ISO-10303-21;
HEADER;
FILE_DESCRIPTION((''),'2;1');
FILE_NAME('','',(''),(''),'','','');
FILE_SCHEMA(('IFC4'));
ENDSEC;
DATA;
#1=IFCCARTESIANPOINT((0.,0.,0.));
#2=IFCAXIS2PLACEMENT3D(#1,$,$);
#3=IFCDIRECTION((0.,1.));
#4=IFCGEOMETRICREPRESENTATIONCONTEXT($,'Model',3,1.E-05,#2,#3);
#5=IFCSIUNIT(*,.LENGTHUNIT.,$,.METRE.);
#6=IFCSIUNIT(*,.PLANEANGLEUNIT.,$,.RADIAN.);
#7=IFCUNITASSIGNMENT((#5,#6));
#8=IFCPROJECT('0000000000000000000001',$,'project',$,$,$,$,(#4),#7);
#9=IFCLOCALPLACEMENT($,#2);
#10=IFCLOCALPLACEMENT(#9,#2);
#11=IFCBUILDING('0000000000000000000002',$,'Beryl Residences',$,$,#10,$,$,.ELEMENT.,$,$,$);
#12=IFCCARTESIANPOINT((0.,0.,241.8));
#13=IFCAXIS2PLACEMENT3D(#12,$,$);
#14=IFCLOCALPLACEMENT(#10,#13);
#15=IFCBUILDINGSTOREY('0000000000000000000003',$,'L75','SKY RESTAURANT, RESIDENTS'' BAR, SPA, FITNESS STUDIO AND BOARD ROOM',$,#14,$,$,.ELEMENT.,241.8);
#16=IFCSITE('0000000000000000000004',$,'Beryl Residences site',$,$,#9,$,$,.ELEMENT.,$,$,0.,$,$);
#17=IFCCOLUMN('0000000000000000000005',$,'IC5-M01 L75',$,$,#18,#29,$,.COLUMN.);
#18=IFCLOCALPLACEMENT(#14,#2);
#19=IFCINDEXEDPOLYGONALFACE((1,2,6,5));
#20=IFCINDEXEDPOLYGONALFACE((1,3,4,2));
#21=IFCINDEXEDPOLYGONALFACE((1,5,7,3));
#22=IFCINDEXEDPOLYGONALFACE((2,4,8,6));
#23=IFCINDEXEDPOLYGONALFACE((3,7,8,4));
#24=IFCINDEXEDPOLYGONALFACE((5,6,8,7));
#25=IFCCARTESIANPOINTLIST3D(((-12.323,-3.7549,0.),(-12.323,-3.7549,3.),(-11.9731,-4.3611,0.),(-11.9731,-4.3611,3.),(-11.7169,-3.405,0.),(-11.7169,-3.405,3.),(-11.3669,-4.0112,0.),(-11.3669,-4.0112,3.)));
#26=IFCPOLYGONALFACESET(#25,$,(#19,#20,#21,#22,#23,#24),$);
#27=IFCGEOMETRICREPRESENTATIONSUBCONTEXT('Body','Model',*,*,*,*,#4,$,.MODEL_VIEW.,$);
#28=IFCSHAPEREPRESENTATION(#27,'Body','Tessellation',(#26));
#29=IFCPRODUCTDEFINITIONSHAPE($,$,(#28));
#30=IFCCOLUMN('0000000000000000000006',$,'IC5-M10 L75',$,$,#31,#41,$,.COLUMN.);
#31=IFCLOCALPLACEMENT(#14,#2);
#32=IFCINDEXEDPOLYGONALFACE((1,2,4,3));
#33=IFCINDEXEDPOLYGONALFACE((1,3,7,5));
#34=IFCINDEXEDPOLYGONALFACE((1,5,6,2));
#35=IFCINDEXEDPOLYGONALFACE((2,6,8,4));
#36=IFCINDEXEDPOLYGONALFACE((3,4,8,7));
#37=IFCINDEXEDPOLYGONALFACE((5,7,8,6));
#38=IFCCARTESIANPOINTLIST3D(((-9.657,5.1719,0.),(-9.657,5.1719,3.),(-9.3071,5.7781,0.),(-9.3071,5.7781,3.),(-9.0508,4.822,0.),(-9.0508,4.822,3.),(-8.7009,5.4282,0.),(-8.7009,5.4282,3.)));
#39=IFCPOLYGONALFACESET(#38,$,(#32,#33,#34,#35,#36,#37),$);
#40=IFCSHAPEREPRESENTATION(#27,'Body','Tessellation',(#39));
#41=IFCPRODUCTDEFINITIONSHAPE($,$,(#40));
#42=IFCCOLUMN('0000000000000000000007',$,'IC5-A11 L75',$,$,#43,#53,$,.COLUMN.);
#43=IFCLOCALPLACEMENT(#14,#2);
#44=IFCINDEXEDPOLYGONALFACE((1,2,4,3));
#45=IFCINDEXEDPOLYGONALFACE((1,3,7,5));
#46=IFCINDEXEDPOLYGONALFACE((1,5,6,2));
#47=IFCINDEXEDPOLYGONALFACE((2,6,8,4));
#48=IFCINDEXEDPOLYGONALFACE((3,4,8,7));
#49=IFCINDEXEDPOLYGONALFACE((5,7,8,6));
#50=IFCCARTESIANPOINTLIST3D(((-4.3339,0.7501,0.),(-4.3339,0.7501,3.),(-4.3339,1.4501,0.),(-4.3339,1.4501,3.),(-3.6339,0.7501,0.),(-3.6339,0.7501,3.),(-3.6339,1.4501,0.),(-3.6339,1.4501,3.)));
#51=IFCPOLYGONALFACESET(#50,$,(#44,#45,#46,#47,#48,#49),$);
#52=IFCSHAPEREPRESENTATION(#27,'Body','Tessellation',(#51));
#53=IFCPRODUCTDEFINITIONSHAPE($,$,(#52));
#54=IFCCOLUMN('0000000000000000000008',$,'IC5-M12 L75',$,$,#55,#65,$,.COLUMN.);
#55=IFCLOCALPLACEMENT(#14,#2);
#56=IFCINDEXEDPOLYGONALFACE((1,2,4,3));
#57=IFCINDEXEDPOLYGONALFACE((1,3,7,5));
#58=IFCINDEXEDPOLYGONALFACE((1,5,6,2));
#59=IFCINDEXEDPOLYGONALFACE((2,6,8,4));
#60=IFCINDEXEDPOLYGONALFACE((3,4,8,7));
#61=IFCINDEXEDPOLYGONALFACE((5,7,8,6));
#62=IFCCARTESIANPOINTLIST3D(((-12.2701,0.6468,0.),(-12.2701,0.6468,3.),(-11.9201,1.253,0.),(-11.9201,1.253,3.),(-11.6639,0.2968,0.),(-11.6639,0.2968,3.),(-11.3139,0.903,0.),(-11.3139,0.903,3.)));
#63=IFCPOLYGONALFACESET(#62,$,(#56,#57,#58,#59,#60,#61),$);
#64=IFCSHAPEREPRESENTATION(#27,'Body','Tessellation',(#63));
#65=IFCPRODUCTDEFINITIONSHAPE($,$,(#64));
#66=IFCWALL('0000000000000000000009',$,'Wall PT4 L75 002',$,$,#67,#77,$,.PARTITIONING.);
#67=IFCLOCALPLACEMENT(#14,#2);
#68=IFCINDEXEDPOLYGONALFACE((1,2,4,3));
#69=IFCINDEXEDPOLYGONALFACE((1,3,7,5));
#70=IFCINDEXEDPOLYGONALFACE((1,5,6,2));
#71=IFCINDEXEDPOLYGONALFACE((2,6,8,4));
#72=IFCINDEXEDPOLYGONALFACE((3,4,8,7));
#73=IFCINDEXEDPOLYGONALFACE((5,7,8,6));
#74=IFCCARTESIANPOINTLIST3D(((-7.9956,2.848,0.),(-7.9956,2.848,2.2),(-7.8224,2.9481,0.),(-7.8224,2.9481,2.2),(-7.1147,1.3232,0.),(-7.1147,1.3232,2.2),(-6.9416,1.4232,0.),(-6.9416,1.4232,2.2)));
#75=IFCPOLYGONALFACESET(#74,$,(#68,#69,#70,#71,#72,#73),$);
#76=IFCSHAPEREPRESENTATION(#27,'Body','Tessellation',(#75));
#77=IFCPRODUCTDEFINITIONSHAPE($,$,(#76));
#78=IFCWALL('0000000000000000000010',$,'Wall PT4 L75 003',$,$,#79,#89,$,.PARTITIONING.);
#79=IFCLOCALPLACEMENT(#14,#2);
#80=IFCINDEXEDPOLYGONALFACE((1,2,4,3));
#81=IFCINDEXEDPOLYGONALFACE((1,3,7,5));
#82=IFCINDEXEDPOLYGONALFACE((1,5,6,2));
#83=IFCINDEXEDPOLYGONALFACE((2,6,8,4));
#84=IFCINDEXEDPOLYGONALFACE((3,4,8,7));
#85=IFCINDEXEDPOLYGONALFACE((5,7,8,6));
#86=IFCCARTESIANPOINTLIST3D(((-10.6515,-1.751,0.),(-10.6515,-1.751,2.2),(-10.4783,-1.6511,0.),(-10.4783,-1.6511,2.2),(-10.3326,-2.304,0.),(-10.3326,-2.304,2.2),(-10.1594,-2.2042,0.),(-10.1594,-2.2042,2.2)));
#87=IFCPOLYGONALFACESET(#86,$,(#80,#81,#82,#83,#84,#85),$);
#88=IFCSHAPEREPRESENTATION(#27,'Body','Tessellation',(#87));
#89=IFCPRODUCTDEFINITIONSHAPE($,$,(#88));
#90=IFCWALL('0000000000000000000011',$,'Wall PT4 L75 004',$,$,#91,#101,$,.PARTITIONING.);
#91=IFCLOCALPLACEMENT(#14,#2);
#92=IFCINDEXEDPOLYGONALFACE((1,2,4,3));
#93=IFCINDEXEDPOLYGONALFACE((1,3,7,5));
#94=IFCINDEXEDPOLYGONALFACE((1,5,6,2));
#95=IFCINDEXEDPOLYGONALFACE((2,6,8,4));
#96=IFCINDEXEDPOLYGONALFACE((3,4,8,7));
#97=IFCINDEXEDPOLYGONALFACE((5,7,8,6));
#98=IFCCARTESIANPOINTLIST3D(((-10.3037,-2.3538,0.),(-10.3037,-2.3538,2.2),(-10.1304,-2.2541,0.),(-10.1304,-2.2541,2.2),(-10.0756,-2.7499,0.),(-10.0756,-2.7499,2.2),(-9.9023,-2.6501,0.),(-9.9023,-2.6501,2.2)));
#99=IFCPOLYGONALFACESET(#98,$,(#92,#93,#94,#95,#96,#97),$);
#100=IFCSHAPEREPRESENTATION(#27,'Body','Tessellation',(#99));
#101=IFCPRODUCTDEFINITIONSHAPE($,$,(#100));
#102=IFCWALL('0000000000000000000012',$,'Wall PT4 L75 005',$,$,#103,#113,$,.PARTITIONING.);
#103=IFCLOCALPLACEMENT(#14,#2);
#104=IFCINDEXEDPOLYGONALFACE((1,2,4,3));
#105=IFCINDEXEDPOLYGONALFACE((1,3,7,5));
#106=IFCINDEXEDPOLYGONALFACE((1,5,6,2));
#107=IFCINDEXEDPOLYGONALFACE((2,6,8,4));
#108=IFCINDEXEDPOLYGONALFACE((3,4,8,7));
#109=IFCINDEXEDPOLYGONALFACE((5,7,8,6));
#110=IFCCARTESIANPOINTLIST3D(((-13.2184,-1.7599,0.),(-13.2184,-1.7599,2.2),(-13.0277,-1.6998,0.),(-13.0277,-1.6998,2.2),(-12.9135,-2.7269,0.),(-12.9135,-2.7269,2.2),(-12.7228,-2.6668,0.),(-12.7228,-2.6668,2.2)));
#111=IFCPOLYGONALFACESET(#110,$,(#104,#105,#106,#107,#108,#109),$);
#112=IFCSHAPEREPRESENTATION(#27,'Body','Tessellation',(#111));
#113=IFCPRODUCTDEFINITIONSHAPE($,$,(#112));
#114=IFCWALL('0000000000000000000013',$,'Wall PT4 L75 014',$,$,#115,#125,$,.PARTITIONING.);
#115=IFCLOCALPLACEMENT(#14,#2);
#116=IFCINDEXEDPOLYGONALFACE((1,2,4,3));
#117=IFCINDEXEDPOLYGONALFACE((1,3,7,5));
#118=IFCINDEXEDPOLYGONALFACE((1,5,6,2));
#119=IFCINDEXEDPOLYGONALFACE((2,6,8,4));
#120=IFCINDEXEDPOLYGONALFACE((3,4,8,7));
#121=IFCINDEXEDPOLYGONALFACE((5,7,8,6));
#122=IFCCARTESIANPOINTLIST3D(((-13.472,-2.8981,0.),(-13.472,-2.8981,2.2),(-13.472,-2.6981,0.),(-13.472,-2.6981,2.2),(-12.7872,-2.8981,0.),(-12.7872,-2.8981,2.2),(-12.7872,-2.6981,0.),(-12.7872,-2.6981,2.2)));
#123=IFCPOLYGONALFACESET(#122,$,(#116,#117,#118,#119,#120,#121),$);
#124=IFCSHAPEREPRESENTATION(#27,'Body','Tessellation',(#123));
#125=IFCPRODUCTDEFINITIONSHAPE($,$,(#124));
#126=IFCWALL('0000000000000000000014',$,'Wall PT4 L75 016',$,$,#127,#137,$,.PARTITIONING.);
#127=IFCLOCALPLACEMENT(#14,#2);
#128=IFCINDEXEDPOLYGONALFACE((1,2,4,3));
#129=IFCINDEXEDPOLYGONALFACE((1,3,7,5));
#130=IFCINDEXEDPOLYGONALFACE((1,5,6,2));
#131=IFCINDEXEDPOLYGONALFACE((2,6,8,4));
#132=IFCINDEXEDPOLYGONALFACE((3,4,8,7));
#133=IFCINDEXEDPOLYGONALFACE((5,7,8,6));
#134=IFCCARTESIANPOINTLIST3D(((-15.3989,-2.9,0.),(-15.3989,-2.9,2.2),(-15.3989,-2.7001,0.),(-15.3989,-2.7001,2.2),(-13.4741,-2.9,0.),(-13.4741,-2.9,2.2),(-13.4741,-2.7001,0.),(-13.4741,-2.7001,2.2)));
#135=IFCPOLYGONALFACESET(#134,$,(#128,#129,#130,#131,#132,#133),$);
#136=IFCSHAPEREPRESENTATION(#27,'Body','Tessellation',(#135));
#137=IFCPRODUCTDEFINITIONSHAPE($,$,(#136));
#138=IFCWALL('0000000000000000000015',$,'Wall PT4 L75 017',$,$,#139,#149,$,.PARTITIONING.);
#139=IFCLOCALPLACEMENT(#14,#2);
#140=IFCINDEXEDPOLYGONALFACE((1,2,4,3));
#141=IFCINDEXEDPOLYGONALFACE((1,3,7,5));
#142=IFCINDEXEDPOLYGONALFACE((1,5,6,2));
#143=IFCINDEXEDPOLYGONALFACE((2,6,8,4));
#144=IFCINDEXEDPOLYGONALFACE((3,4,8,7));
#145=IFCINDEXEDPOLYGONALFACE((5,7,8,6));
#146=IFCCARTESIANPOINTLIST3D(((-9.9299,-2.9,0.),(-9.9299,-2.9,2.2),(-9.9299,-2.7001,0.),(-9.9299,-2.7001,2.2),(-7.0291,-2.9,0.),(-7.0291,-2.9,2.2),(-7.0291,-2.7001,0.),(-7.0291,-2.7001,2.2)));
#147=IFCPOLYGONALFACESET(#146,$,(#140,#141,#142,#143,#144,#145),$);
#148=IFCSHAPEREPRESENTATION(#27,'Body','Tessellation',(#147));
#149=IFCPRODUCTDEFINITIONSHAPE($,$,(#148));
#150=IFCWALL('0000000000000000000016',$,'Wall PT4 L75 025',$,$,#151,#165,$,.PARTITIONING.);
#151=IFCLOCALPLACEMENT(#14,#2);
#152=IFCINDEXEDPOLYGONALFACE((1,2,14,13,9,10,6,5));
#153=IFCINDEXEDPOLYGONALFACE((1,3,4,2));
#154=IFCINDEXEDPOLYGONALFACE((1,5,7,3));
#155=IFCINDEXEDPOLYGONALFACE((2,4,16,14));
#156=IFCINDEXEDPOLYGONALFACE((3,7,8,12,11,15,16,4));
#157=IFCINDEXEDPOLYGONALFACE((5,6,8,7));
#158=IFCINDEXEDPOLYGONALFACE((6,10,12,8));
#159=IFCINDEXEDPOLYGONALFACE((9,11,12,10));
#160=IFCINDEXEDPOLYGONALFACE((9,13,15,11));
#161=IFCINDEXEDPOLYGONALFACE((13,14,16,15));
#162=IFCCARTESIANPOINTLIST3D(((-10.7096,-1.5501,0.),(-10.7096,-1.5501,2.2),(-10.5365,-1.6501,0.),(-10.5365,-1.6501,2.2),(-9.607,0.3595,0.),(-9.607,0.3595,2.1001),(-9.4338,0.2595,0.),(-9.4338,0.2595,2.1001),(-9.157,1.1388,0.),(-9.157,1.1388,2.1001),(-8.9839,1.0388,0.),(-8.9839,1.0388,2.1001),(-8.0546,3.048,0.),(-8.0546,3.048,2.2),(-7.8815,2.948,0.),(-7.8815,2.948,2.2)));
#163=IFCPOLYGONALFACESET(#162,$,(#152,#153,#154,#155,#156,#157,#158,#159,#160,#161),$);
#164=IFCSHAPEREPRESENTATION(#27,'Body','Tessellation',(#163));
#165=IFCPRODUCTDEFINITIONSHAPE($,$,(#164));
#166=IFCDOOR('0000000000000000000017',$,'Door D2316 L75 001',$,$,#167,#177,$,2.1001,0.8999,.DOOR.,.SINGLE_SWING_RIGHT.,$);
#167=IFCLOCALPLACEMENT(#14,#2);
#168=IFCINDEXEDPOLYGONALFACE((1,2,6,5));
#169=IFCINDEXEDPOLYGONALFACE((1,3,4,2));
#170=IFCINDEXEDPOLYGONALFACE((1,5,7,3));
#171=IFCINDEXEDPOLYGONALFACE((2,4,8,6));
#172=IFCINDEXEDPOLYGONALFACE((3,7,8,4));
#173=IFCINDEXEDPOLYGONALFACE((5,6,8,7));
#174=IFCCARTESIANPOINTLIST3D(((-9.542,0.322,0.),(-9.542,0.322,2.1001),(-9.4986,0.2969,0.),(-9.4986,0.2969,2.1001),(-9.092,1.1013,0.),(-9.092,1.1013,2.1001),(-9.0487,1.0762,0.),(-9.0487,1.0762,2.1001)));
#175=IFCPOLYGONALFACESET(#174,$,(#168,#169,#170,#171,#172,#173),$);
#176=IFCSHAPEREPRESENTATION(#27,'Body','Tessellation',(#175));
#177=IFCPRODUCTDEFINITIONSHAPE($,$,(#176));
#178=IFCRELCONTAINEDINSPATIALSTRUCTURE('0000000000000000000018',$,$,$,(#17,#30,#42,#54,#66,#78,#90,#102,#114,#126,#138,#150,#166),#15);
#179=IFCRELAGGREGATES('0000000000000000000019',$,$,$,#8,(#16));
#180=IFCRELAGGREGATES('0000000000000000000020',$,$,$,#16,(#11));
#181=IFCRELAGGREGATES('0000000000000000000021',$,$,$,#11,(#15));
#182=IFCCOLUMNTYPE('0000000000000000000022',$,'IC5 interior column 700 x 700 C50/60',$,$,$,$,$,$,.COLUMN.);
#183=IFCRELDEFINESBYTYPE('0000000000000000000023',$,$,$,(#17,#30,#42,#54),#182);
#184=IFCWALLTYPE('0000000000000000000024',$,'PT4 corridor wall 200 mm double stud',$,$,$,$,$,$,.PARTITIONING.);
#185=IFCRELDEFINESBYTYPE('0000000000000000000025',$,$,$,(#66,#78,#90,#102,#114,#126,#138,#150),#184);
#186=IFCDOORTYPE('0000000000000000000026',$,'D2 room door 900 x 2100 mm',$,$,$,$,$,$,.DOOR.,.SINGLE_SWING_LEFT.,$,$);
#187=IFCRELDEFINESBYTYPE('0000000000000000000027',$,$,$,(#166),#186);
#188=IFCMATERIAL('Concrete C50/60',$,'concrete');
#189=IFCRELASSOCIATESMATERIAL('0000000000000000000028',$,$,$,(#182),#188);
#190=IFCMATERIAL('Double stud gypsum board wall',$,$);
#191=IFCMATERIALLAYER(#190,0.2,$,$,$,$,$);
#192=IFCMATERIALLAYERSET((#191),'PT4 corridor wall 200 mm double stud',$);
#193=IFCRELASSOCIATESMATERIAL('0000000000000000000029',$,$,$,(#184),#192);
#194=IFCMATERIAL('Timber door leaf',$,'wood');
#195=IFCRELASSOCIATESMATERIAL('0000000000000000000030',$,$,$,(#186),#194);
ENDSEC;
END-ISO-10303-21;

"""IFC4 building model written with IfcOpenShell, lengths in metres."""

from ifc_helpers import new_model, si_unit, direction, frame, frame_2d, origin, origin_2d, place, context, subcontext, project, spatial, rectangle, extrude, material, layer, layer_set, material_profile, profile_set, type_object, element, fill, save


model = new_model("IFC4")

# Units and contexts
model_context = context("Model", 3, precision=1e-05, world=origin(), true_north=direction((0.0, 1.0)))
body_context = subcontext(model_context, "Body", "Model", "MODEL_VIEW")
ifc_project = project(units=[si_unit("LENGTHUNIT", "METRE"), si_unit("PLANEANGLEUNIT", "RADIAN")], contexts=[model_context])

# Site, building, storey
site_placement = place(None, origin())
site = spatial("IfcSite", under=ifc_project, at=site_placement, Name="Beryl Residences site", CompositionType="ELEMENT", RefElevation=0.0)
building_placement = place(site_placement, origin())
building = spatial("IfcBuilding", under=site, at=building_placement, Name="Beryl Residences", CompositionType="ELEMENT")
storey_placement = place(building_placement, frame((0.0, 0.0, 241.8)))
storey = spatial("IfcBuildingStorey", under=building, at=storey_placement, Name="L75", Description="SKY RESTAURANT, RESIDENTS' BAR, SPA, FITNESS STUDIO AND BOARD ROOM", CompositionType="ELEMENT", Elevation=241.8)

# Columns
ifc_material_1 = material(Name="Concrete C50/60", Category="concrete")
ifc_material_profile = material_profile(ifc_material_1, rectangle(XDim=0.7, YDim=0.7, at=origin_2d()))
ifc_profile_set = profile_set([ifc_material_profile], Name="Concrete C50/60")
column_type = type_object("IfcColumnType", Name="IC5 interior column 700 x 700 C50/60", PredefinedType="COLUMN", material=ifc_profile_set)
for number, where, z_axis, x_axis, name in (
    (1, (-11.845, -3.8831, 0.0), (0.0, 0.0, 1.0), (0.499985, -0.866034, 0.0), "IC5-M01 L75"),
    (2, (-9.179, 5.3, 0.0), (0.0, 0.0, 1.0), (-0.49997, -0.866043, 0.0), "IC5-M10 L75"),
    (3, (-3.9839, 1.1001, 0.0), (0.0, 0.0, 1.0), (1.0, 0.0, 0.0), "IC5-A11 L75"),
    (4, (-11.792, 0.7749, 0.0), (0.0, 0.0, 1.0), (-0.49997, -0.866043, 0.0), "IC5-M12 L75"),
):
    element("IfcColumn", number, at=place(storey_placement, frame(where, z_axis=z_axis, x_axis=x_axis)), inside=storey, type_object=column_type, Name=name, PredefinedType="COLUMN", context=body_context, shape_type="SweptSolid", body=[
        extrude(rectangle(XDim=0.7, YDim=0.7, at=origin_2d()), origin(), (0.0, 0.0, 1.0), 3.0),
    ])

# Walls
ifc_material_2 = material(Name="Double stud gypsum board wall")
ifc_layer_1 = layer(ifc_material_2, 0.2)
ifc_layer_set_1 = layer_set([ifc_layer_1], Name="PT4 corridor wall 200 mm double stud")
wall_type_1 = type_object("IfcWallType", Name="PT4 corridor wall 200 mm double stud", PredefinedType="PARTITIONING", material=ifc_layer_set_1)
wall_1_placement = place(storey_placement, frame((-7.9089, 2.8979, 0.0), z_axis=(0.0, 0.0, 1.0), x_axis=(0.500194, -0.865913, 0.0)))
element("IfcWall", 5, at=wall_1_placement, inside=storey, type_object=wall_type_1, Name="Wall PT4 L75 002", PredefinedType="PARTITIONING", context=body_context, shape_type="SweptSolid", body=[
    extrude(rectangle(XDim=1.761, YDim=0.2, at=frame_2d((0.8804, 0.0))), origin(), (0.0, 0.0, 1.0), 2.2),
])
wall_2_placement = place(storey_placement, frame((-10.5649, -1.7009, 0.0), z_axis=(0.0, 0.0, 1.0), x_axis=(0.499513, -0.866307, 0.0)))
element("IfcWall", 6, at=wall_2_placement, inside=storey, type_object=wall_type_1, Name="Wall PT4 L75 003", PredefinedType="PARTITIONING", context=body_context, shape_type="SweptSolid", body=[
    extrude(rectangle(XDim=0.6384, YDim=0.2, at=frame_2d((0.3193, 0.0))), origin(), (0.0, 0.0, 1.0), 2.2),
])
wall_3_placement = place(storey_placement, frame((-10.217, -2.304, 0.0), z_axis=(0.0, 0.0, 1.0), x_axis=(0.499013, -0.866594, 0.0)))
element("IfcWall", 7, at=wall_3_placement, inside=storey, type_object=wall_type_1, Name="Wall PT4 L75 004", PredefinedType="PARTITIONING", context=body_context, shape_type="SweptSolid", body=[
    extrude(rectangle(XDim=0.457, YDim=0.2, at=frame_2d((0.2285, 0.0))), origin(), (0.0, 0.0, 1.0), 2.2),
])
wall_4_placement = place(storey_placement, frame((-13.123, -1.73, 0.0), z_axis=(0.0, 0.0, 1.0), x_axis=(0.300728, -0.95371, 0.0)))
element("IfcWall", 8, at=wall_4_placement, inside=storey, type_object=wall_type_1, Name="Wall PT4 L75 005", PredefinedType="PARTITIONING", context=body_context, shape_type="SweptSolid", body=[
    extrude(rectangle(XDim=1.0139, YDim=0.2, at=frame_2d((0.5068, 0.0))), origin(), (0.0, 0.0, 1.0), 2.2),
])
wall_5_placement = place(storey_placement, frame((-13.4719, -2.7981, 0.0), z_axis=(0.0, 0.0, 1.0), x_axis=(1.0, 0.0, 0.0)))
element("IfcWall", 9, at=wall_5_placement, inside=storey, type_object=wall_type_1, Name="Wall PT4 L75 014", PredefinedType="PARTITIONING", context=body_context, shape_type="SweptSolid", body=[
    extrude(rectangle(XDim=0.6848, YDim=0.2, at=frame_2d((0.3423, 0.0))), origin(), (0.0, 0.0, 1.0), 2.2),
])
wall_6_placement = place(storey_placement, frame((-15.3989, -2.8, 0.0), z_axis=(0.0, 0.0, 1.0), x_axis=(1.0, 0.0, 0.0)))
element("IfcWall", 10, at=wall_6_placement, inside=storey, type_object=wall_type_1, Name="Wall PT4 L75 016", PredefinedType="PARTITIONING", context=body_context, shape_type="SweptSolid", body=[
    extrude(rectangle(XDim=1.9248, YDim=0.2, at=frame_2d((0.9624, 0.0))), origin(), (0.0, 0.0, 1.0), 2.2),
])
wall_7_placement = place(storey_placement, frame((-9.9299, -2.8, 0.0), z_axis=(0.0, 0.0, 1.0), x_axis=(1.0, 0.0, 0.0)))
element("IfcWall", 11, at=wall_7_placement, inside=storey, type_object=wall_type_1, Name="Wall PT4 L75 017", PredefinedType="PARTITIONING", context=body_context, shape_type="SweptSolid", body=[
    extrude(rectangle(XDim=2.9009, YDim=0.2, at=frame_2d((1.4504, 0.0))), origin(), (0.0, 0.0, 1.0), 2.2),
])

# Wall, opening, door
wall_8_placement = place(storey_placement, frame((-10.623, -1.6001, 0.0), z_axis=(0.0, 0.0, 1.0), x_axis=(0.500041, 0.866002, 0.0)))
wall_8 = element("IfcWall", 12, at=wall_8_placement, inside=storey, type_object=wall_type_1, Name="Wall PT4 L75 025", PredefinedType="PARTITIONING", context=body_context, shape_type="SweptSolid", body=[
    extrude(rectangle(XDim=5.3096, YDim=0.2, at=frame_2d((2.6548, 0.0))), origin(), (0.0, 0.0, 1.0), 2.2),
])
opening_1_placement = place(wall_8_placement, frame((2.2051, 0.0, 0.0)))
opening_1 = element("IfcOpeningElement", 13, at=opening_1_placement, cuts=wall_8, PredefinedType="OPENING", context=body_context, shape_type="SweptSolid", body=[
    extrude(rectangle(XDim=0.8999, YDim=2.1001, at=frame_2d((0.45, 1.05))), frame((0.0, 0.1099, 0.0), z_axis=(0.0, -1.0, 0.0), x_axis=(1.0, 0.0, 0.0)), (0.0, 0.0, 1.0), 0.22),
])
ifc_material_3 = material(Name="Timber door leaf", Category="wood")
door_type_1 = type_object("IfcDoorType", Name="D2 room door 900 x 2100 mm", OperationType="SINGLE_SWING_LEFT", PredefinedType="DOOR", material=ifc_material_3)
door_1_placement = place(opening_1_placement, origin())
door_1 = element("IfcDoor", 14, at=door_1_placement, inside=storey, type_object=door_type_1, Name="Door D2316 L75 001", OperationType="SINGLE_SWING_RIGHT", OverallHeight=2.1001, OverallWidth=0.8999, PredefinedType="DOOR", context=body_context, shape_type="SweptSolid", body=[
    extrude(rectangle(XDim=0.8999, YDim=2.1001, at=frame_2d((0.45, 1.05))), frame((0.0, 0.0249, 0.0), z_axis=(0.0, -1.0, 0.0), x_axis=(1.0, 0.0, 0.0)), (0.0, 0.0, 1.0), 0.05),
])
fill(opening_1, door_1)

save(model, "model.ifc")
